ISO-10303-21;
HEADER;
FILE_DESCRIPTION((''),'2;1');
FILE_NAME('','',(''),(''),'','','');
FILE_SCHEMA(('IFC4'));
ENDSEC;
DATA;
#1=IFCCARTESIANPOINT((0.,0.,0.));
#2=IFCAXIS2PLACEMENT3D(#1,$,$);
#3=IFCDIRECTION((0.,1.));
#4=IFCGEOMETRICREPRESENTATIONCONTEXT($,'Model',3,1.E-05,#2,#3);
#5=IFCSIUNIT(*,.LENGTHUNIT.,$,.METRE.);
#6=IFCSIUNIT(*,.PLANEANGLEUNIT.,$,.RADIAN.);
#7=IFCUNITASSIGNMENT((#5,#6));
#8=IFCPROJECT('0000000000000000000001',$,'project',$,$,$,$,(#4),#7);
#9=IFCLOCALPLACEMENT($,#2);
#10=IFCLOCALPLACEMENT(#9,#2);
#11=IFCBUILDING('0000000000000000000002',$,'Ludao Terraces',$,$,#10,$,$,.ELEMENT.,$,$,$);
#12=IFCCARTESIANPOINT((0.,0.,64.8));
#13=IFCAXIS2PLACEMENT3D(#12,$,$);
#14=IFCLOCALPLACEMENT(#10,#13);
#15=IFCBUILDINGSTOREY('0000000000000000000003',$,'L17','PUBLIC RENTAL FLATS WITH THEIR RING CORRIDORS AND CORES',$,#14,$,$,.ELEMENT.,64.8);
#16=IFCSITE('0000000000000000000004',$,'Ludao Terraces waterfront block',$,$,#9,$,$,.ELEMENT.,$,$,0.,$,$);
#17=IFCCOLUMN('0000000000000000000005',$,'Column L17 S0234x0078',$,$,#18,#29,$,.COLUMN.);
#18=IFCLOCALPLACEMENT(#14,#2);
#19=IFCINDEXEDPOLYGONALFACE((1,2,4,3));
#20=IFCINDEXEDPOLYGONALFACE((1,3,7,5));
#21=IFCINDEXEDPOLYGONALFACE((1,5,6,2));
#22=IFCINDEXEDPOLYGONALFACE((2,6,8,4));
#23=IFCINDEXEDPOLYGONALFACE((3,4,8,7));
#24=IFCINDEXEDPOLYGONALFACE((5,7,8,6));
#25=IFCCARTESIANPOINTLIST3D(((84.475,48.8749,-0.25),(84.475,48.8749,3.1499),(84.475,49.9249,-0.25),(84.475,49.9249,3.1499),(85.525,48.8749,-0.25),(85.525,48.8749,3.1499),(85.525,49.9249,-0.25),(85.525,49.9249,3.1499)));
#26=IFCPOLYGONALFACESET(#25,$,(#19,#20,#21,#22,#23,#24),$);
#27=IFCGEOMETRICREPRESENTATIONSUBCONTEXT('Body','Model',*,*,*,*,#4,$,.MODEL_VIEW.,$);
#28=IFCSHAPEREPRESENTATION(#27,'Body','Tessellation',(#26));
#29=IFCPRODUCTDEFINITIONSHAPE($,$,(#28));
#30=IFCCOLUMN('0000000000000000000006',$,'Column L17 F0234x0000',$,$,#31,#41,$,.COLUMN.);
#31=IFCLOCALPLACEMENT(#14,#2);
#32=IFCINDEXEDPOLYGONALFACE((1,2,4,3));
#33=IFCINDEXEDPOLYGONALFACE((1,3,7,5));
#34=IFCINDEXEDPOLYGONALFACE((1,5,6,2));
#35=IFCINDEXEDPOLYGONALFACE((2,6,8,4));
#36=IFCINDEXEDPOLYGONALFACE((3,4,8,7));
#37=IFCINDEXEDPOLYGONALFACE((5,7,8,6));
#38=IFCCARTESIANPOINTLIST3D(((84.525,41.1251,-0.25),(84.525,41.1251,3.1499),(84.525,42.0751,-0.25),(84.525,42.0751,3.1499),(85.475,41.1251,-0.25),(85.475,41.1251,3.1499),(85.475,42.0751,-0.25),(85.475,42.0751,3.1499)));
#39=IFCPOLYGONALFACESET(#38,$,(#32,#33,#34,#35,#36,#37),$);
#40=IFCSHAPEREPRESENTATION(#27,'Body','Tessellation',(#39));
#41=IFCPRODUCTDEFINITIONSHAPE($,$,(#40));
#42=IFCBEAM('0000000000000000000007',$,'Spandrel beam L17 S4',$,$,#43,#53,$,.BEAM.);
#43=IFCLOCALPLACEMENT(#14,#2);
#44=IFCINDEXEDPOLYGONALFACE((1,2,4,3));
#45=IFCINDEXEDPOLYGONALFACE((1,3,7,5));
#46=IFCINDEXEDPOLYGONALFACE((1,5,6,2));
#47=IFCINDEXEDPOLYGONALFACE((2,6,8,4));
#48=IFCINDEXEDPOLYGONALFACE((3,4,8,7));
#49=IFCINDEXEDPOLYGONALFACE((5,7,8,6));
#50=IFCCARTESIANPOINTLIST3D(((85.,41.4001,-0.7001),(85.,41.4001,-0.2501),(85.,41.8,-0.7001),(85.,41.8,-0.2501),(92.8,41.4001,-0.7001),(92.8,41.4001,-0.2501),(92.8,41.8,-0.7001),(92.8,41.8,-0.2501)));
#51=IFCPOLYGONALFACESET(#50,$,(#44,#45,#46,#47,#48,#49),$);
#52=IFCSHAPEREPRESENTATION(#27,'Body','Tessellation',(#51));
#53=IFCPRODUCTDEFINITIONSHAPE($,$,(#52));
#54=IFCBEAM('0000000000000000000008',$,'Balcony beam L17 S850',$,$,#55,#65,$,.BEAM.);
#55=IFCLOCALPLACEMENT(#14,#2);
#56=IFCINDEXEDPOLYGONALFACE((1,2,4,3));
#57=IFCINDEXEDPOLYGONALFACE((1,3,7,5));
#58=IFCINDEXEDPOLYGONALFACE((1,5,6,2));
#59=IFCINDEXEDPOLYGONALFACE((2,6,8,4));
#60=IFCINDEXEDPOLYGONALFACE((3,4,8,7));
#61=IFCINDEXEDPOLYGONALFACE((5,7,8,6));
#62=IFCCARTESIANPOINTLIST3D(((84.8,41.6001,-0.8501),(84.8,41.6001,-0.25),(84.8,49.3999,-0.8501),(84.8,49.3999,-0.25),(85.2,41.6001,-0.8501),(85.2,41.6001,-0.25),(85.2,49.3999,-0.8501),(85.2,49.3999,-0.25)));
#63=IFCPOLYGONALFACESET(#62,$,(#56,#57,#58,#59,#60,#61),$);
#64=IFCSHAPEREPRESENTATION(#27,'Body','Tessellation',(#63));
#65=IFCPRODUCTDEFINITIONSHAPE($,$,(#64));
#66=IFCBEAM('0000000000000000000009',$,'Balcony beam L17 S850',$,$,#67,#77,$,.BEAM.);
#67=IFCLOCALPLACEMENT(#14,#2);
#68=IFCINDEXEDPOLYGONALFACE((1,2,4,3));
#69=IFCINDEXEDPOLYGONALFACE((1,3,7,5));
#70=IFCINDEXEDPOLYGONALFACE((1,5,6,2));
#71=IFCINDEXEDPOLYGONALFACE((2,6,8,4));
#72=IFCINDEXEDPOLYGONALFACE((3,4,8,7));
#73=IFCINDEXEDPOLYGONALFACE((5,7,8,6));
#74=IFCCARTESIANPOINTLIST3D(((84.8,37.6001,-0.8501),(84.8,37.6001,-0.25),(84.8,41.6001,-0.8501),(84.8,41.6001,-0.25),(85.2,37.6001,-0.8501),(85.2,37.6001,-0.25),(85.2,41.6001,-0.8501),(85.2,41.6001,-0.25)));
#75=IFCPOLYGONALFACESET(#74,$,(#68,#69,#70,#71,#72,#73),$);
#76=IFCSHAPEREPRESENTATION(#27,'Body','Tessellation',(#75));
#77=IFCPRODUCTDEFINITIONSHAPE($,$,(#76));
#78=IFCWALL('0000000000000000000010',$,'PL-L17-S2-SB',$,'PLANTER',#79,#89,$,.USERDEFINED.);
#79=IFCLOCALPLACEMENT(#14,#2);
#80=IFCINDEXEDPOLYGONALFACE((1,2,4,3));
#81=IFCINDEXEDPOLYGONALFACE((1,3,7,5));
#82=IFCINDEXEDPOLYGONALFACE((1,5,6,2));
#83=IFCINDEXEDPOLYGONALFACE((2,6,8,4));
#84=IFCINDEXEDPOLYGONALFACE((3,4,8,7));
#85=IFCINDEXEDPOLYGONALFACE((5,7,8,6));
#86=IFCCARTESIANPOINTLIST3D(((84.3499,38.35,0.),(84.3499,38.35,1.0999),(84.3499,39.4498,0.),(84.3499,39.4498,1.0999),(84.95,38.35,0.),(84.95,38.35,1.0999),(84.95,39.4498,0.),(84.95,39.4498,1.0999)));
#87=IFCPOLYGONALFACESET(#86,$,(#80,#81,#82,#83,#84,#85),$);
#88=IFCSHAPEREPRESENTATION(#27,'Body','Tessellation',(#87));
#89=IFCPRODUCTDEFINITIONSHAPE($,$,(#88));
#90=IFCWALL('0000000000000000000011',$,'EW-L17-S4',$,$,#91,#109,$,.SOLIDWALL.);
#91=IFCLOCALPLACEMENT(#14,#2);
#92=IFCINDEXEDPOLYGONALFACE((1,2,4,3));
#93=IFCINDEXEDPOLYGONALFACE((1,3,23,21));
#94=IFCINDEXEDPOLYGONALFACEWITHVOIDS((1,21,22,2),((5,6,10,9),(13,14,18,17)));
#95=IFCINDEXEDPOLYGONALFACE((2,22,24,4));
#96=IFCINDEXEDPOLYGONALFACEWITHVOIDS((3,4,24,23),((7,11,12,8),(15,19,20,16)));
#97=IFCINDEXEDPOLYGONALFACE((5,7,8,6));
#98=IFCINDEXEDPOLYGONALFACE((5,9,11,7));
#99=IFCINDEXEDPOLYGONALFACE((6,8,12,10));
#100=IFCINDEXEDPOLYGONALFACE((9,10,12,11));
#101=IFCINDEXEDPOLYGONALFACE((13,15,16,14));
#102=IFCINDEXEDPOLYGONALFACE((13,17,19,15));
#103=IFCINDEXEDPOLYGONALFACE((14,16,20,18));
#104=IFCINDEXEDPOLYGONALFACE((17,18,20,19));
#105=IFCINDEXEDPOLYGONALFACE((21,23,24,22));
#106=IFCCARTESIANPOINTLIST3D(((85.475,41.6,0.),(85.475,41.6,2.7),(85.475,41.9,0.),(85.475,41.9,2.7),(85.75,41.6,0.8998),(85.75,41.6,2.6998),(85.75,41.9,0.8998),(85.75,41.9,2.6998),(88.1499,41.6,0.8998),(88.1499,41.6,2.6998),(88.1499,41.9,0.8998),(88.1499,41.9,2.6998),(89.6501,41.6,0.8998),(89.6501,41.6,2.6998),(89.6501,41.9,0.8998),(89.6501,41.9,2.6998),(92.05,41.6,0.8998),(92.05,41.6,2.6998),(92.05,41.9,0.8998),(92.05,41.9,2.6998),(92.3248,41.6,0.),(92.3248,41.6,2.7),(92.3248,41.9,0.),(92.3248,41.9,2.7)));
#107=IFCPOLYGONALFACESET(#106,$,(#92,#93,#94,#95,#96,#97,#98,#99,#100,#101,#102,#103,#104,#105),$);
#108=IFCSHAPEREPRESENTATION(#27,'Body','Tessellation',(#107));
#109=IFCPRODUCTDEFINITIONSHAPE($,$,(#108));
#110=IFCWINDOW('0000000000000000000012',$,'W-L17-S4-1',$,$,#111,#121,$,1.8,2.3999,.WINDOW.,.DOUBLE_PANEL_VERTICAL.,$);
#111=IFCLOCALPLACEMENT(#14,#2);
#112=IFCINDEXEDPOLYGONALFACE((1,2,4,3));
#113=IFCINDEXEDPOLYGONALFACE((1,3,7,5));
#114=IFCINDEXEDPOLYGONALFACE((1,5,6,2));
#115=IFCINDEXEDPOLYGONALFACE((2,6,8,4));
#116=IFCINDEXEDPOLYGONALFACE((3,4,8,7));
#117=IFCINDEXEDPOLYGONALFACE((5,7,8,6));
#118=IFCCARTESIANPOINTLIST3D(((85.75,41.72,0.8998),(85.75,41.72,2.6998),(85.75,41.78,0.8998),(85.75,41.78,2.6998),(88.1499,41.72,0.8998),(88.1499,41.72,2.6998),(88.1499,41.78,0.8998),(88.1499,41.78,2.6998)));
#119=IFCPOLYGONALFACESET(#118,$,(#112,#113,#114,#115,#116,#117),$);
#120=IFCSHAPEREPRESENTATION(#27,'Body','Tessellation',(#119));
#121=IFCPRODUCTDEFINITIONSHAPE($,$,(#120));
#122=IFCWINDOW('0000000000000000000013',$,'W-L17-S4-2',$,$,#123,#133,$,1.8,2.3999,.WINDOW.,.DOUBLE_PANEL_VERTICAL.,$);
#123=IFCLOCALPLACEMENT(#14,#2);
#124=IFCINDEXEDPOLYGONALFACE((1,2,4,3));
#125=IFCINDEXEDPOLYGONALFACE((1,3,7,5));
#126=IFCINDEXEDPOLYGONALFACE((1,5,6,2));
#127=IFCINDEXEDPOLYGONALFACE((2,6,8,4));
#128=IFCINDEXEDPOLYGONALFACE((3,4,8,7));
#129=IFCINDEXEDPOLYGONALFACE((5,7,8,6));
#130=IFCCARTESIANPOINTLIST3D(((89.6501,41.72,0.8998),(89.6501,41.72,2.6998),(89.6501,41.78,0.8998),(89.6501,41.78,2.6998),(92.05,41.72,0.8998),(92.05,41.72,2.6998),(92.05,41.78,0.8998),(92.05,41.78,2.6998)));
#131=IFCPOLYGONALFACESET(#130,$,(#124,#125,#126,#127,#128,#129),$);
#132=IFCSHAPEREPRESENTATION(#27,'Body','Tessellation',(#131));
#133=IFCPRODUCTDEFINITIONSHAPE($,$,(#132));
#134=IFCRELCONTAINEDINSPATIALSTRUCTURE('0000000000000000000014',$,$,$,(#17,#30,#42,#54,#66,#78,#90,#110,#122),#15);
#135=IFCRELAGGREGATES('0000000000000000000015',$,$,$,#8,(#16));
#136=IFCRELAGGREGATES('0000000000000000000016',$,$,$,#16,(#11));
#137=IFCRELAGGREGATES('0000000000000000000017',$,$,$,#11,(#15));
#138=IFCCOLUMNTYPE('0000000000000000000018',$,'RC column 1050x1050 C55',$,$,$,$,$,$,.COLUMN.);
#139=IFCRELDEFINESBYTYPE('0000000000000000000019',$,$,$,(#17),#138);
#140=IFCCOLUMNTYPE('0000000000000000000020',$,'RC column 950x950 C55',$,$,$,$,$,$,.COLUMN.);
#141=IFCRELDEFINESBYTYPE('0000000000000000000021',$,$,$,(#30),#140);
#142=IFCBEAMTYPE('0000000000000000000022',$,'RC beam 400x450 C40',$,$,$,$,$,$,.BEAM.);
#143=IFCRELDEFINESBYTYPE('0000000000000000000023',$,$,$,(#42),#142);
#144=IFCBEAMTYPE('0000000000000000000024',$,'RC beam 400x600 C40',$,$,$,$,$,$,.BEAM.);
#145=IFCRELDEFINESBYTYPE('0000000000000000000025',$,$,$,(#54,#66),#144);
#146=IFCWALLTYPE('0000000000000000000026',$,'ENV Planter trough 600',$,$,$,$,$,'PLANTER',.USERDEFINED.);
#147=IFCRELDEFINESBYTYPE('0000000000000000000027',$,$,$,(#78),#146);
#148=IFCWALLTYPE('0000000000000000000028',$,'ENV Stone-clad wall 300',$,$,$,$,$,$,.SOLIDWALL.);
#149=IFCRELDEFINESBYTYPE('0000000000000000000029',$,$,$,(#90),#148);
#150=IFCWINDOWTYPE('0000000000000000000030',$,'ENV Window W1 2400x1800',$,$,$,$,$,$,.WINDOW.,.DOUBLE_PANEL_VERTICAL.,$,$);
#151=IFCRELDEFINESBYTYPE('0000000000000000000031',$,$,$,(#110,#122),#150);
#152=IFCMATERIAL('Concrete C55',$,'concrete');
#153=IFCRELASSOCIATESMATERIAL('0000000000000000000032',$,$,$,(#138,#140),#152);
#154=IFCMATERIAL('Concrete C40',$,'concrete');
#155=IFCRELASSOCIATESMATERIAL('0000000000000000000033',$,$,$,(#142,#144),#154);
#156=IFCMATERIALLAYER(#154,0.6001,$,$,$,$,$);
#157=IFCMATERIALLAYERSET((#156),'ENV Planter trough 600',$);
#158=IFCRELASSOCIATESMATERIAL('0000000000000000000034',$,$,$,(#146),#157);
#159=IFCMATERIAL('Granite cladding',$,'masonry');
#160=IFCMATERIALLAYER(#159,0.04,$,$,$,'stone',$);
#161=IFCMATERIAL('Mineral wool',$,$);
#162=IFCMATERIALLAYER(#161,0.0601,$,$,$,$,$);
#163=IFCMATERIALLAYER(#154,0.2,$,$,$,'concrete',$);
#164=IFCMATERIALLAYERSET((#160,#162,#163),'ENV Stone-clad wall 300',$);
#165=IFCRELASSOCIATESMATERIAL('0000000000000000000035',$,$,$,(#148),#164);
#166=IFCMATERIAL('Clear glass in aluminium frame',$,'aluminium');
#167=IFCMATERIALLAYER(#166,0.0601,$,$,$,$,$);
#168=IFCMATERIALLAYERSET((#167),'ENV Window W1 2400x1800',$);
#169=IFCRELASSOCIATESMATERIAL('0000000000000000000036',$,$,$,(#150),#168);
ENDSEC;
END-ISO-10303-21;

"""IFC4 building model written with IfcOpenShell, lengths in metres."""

from ifc_helpers import new_model, si_unit, direction, frame, frame_2d, origin, origin_2d, place, context, subcontext, project, spatial, rectangle, extrude, material, layer, layer_set, material_profile, profile_set, type_object, element, fill, save


model = new_model("IFC4")

# Units and contexts
model_context = context("Model", 3, precision=1e-05, world=origin(), true_north=direction((0.0, 1.0)))
body_context = subcontext(model_context, "Body", "Model", "MODEL_VIEW")
ifc_project = project(units=[si_unit("LENGTHUNIT", "METRE"), si_unit("PLANEANGLEUNIT", "RADIAN")], contexts=[model_context])

# Site, building, storey
site_placement = place(None, origin())
site = spatial("IfcSite", under=ifc_project, at=site_placement, Name="Ludao Terraces waterfront block", CompositionType="ELEMENT", RefElevation=0.0)
building_placement = place(site_placement, origin())
building = spatial("IfcBuilding", under=site, at=building_placement, Name="Ludao Terraces", CompositionType="ELEMENT")
storey_placement = place(building_placement, frame((0.0, 0.0, 64.8)))
storey = spatial("IfcBuildingStorey", under=building, at=storey_placement, Name="L17", Description="PUBLIC RENTAL FLATS WITH THEIR RING CORRIDORS AND CORES", CompositionType="ELEMENT", Elevation=64.8)

# Columns
ifc_material_1 = material(Name="Concrete C55", Category="concrete")
ifc_material_profile_1 = material_profile(ifc_material_1, rectangle(XDim=1.05, YDim=1.05, at=origin_2d()), Name="1050 X 1050")
ifc_profile_set_1 = profile_set([ifc_material_profile_1], Name="Concrete C55")
column_type_1 = type_object("IfcColumnType", Name="RC column 1050x1050 C55", PredefinedType="COLUMN", material=ifc_profile_set_1)
column_1_placement = place(storey_placement, frame((85.0, 49.3999, -0.25), z_axis=(0.0, 0.0, 1.0), x_axis=(1.0, 0.0, 0.0)))
element("IfcColumn", 1, at=column_1_placement, inside=storey, type_object=column_type_1, Name="Column L17 S0234x0078", PredefinedType="COLUMN", context=body_context, shape_type="SweptSolid", body=[
    extrude(rectangle(XDim=1.05, YDim=1.05, at=origin_2d()), origin(), (0.0, 0.0, 1.0), 3.3999),
])
ifc_material_profile_2 = material_profile(ifc_material_1, rectangle(XDim=0.95, YDim=0.95, at=origin_2d()), Name="950 X 950")
ifc_profile_set_2 = profile_set([ifc_material_profile_2], Name="Concrete C55")
column_type_2 = type_object("IfcColumnType", Name="RC column 950x950 C55", PredefinedType="COLUMN", material=ifc_profile_set_2)
column_2_placement = place(storey_placement, frame((85.0, 41.6001, -0.25), z_axis=(0.0, 0.0, 1.0), x_axis=(1.0, 0.0, 0.0)))
element("IfcColumn", 2, at=column_2_placement, inside=storey, type_object=column_type_2, Name="Column L17 F0234x0000", PredefinedType="COLUMN", context=body_context, shape_type="SweptSolid", body=[
    extrude(rectangle(XDim=0.95, YDim=0.95, at=origin_2d()), origin(), (0.0, 0.0, 1.0), 3.3999),
])

# Beams
ifc_material_2 = material(Name="Concrete C40", Category="concrete")
ifc_material_profile_3 = material_profile(ifc_material_2, rectangle(XDim=0.3999, YDim=0.45, at=origin_2d()), Name="400 X 450")
ifc_profile_set_3 = profile_set([ifc_material_profile_3], Name="Concrete C40")
beam_type_1 = type_object("IfcBeamType", Name="RC beam 400x450 C40", PredefinedType="BEAM", material=ifc_profile_set_3)
beam_1_placement = place(storey_placement, frame((85.0, 41.6001, -0.4751), z_axis=(1.0, 0.0, 0.0), x_axis=(0.0, 1.0, 0.0)))
element("IfcBeam", 3, at=beam_1_placement, inside=storey, type_object=beam_type_1, Name="Spandrel beam L17 S4", PredefinedType="BEAM", context=body_context, shape_type="SweptSolid", body=[
    extrude(rectangle(XDim=0.3999, YDim=0.45, at=origin_2d()), origin(), (0.0, 0.0, 1.0), 7.8),
])
ifc_material_profile_4 = material_profile(ifc_material_2, rectangle(XDim=0.3999, YDim=0.6001, at=origin_2d()), Name="400 X 600")
ifc_profile_set_4 = profile_set([ifc_material_profile_4], Name="Concrete C40")
beam_type_2 = type_object("IfcBeamType", Name="RC beam 400x600 C40", PredefinedType="BEAM", material=ifc_profile_set_4)
beam_2_placement = place(storey_placement, frame((85.0, 49.3999, -0.55), z_axis=(0.0, -1.0, 0.0), x_axis=(1.0, 0.0, 0.0)))
element("IfcBeam", 4, at=beam_2_placement, inside=storey, type_object=beam_type_2, Name="Balcony beam L17 S850", PredefinedType="BEAM", context=body_context, shape_type="SweptSolid", body=[
    extrude(rectangle(XDim=0.3999, YDim=0.6001, at=origin_2d()), origin(), (0.0, 0.0, 1.0), 7.7998),
])
beam_3_placement = place(storey_placement, frame((85.0, 41.6001, -0.55), z_axis=(0.0, -1.0, 0.0), x_axis=(1.0, 0.0, 0.0)))
element("IfcBeam", 5, at=beam_3_placement, inside=storey, type_object=beam_type_2, Name="Balcony beam L17 S850", PredefinedType="BEAM", context=body_context, shape_type="SweptSolid", body=[
    extrude(rectangle(XDim=0.3999, YDim=0.6001, at=origin_2d()), origin(), (0.0, 0.0, 1.0), 4.0),
])

# Wall
ifc_layer_1 = layer(ifc_material_2, 0.6001)
ifc_layer_set_1 = layer_set([ifc_layer_1], Name="ENV Planter trough 600")
wall_type_1 = type_object("IfcWallType", Name="ENV Planter trough 600", ElementType="PLANTER", PredefinedType="USERDEFINED", material=ifc_layer_set_1)
wall_1_placement = place(storey_placement, frame((84.6499, 38.3501, 0.0), z_axis=(0.0, 0.0, 1.0), x_axis=(0.0, 1.0, 0.0)))
element("IfcWall", 6, at=wall_1_placement, inside=storey, type_object=wall_type_1, Name="PL-L17-S2-SB", ObjectType="PLANTER", PredefinedType="USERDEFINED", context=body_context, shape_type="SweptSolid", body=[
    extrude(rectangle(XDim=1.0999, YDim=0.6001, at=frame_2d((0.5498, 0.0))), origin(), (0.0, 0.0, 1.0), 1.0999),
])

# Wall, openings, windows
ifc_material_3 = material(Name="Granite cladding", Category="masonry")
ifc_layer_2 = layer(ifc_material_3, 0.04, Category="stone")
ifc_material_4 = material(Name="Mineral wool")
ifc_layer_3 = layer(ifc_material_4, 0.0601)
ifc_layer_4 = layer(ifc_material_2, 0.2, Category="concrete")
ifc_layer_set_2 = layer_set([ifc_layer_2, ifc_layer_3, ifc_layer_4], Name="ENV Stone-clad wall 300")
wall_type_2 = type_object("IfcWallType", Name="ENV Stone-clad wall 300", PredefinedType="SOLIDWALL", material=ifc_layer_set_2)
wall_2_placement = place(storey_placement, frame((85.4751, 41.75, 0.0), z_axis=(0.0, 0.0, 1.0), x_axis=(1.0, 0.0, 0.0)))
wall_2 = element("IfcWall", 7, at=wall_2_placement, inside=storey, type_object=wall_type_2, Name="EW-L17-S4", PredefinedType="SOLIDWALL", context=body_context, shape_type="SweptSolid", body=[
    extrude(rectangle(XDim=6.8499, YDim=0.3, at=frame_2d((3.4248, 0.0))), origin(), (0.0, 0.0, 1.0), 2.7),
])
opening_1_placement = place(wall_2_placement, frame((0.2749, 0.0, 0.8999)))
opening_1 = element("IfcOpeningElement", 8, at=opening_1_placement, cuts=wall_2, PredefinedType="OPENING", context=body_context, shape_type="SweptSolid", body=[
    extrude(rectangle(XDim=2.3999, YDim=1.8, at=frame_2d((1.2, 0.8999))), frame((0.0, 0.1602, 0.0), z_axis=(0.0, -1.0, 0.0), x_axis=(1.0, 0.0, 0.0)), (0.0, 0.0, 1.0), 0.3201),
])
opening_2_placement = place(wall_2_placement, frame((4.175, 0.0, 0.8999)))
opening_2 = element("IfcOpeningElement", 9, at=opening_2_placement, cuts=wall_2, PredefinedType="OPENING", context=body_context, shape_type="SweptSolid", body=[
    extrude(rectangle(XDim=2.3999, YDim=1.8, at=frame_2d((1.2, 0.8999))), frame((0.0, 0.1602, 0.0), z_axis=(0.0, -1.0, 0.0), x_axis=(1.0, 0.0, 0.0)), (0.0, 0.0, 1.0), 0.3201),
])
ifc_material_5 = material(Name="Clear glass in aluminium frame", Category="aluminium")
ifc_layer_5 = layer(ifc_material_5, 0.0601)
ifc_layer_set_3 = layer_set([ifc_layer_5], Name="ENV Window W1 2400x1800")
window_type = type_object("IfcWindowType", Name="ENV Window W1 2400x1800", PartitioningType="DOUBLE_PANEL_VERTICAL", PredefinedType="WINDOW", material=ifc_layer_set_3)
window_1_placement = place(opening_1_placement, origin())
window_1 = element("IfcWindow", 10, at=window_1_placement, inside=storey, type_object=window_type, Name="W-L17-S4-1", OverallHeight=1.8, OverallWidth=2.3999, PartitioningType="DOUBLE_PANEL_VERTICAL", PredefinedType="WINDOW", context=body_context, shape_type="SweptSolid", body=[
    extrude(rectangle(XDim=2.3999, YDim=1.8, at=frame_2d((1.2, 0.8999))), frame((0.0, 0.03, 0.0), z_axis=(0.0, -1.0, 0.0), x_axis=(1.0, 0.0, 0.0)), (0.0, 0.0, 1.0), 0.0601),
])
fill(opening_1, window_1)
window_2_placement = place(opening_2_placement, origin())
window_2 = element("IfcWindow", 11, at=window_2_placement, inside=storey, type_object=window_type, Name="W-L17-S4-2", OverallHeight=1.8, OverallWidth=2.3999, PartitioningType="DOUBLE_PANEL_VERTICAL", PredefinedType="WINDOW", context=body_context, shape_type="SweptSolid", body=[
    extrude(rectangle(XDim=2.3999, YDim=1.8, at=frame_2d((1.2, 0.8999))), frame((0.0, 0.03, 0.0), z_axis=(0.0, -1.0, 0.0), x_axis=(1.0, 0.0, 0.0)), (0.0, 0.0, 1.0), 0.0601),
])
fill(opening_2, window_2)

save(model, "model.ifc")
